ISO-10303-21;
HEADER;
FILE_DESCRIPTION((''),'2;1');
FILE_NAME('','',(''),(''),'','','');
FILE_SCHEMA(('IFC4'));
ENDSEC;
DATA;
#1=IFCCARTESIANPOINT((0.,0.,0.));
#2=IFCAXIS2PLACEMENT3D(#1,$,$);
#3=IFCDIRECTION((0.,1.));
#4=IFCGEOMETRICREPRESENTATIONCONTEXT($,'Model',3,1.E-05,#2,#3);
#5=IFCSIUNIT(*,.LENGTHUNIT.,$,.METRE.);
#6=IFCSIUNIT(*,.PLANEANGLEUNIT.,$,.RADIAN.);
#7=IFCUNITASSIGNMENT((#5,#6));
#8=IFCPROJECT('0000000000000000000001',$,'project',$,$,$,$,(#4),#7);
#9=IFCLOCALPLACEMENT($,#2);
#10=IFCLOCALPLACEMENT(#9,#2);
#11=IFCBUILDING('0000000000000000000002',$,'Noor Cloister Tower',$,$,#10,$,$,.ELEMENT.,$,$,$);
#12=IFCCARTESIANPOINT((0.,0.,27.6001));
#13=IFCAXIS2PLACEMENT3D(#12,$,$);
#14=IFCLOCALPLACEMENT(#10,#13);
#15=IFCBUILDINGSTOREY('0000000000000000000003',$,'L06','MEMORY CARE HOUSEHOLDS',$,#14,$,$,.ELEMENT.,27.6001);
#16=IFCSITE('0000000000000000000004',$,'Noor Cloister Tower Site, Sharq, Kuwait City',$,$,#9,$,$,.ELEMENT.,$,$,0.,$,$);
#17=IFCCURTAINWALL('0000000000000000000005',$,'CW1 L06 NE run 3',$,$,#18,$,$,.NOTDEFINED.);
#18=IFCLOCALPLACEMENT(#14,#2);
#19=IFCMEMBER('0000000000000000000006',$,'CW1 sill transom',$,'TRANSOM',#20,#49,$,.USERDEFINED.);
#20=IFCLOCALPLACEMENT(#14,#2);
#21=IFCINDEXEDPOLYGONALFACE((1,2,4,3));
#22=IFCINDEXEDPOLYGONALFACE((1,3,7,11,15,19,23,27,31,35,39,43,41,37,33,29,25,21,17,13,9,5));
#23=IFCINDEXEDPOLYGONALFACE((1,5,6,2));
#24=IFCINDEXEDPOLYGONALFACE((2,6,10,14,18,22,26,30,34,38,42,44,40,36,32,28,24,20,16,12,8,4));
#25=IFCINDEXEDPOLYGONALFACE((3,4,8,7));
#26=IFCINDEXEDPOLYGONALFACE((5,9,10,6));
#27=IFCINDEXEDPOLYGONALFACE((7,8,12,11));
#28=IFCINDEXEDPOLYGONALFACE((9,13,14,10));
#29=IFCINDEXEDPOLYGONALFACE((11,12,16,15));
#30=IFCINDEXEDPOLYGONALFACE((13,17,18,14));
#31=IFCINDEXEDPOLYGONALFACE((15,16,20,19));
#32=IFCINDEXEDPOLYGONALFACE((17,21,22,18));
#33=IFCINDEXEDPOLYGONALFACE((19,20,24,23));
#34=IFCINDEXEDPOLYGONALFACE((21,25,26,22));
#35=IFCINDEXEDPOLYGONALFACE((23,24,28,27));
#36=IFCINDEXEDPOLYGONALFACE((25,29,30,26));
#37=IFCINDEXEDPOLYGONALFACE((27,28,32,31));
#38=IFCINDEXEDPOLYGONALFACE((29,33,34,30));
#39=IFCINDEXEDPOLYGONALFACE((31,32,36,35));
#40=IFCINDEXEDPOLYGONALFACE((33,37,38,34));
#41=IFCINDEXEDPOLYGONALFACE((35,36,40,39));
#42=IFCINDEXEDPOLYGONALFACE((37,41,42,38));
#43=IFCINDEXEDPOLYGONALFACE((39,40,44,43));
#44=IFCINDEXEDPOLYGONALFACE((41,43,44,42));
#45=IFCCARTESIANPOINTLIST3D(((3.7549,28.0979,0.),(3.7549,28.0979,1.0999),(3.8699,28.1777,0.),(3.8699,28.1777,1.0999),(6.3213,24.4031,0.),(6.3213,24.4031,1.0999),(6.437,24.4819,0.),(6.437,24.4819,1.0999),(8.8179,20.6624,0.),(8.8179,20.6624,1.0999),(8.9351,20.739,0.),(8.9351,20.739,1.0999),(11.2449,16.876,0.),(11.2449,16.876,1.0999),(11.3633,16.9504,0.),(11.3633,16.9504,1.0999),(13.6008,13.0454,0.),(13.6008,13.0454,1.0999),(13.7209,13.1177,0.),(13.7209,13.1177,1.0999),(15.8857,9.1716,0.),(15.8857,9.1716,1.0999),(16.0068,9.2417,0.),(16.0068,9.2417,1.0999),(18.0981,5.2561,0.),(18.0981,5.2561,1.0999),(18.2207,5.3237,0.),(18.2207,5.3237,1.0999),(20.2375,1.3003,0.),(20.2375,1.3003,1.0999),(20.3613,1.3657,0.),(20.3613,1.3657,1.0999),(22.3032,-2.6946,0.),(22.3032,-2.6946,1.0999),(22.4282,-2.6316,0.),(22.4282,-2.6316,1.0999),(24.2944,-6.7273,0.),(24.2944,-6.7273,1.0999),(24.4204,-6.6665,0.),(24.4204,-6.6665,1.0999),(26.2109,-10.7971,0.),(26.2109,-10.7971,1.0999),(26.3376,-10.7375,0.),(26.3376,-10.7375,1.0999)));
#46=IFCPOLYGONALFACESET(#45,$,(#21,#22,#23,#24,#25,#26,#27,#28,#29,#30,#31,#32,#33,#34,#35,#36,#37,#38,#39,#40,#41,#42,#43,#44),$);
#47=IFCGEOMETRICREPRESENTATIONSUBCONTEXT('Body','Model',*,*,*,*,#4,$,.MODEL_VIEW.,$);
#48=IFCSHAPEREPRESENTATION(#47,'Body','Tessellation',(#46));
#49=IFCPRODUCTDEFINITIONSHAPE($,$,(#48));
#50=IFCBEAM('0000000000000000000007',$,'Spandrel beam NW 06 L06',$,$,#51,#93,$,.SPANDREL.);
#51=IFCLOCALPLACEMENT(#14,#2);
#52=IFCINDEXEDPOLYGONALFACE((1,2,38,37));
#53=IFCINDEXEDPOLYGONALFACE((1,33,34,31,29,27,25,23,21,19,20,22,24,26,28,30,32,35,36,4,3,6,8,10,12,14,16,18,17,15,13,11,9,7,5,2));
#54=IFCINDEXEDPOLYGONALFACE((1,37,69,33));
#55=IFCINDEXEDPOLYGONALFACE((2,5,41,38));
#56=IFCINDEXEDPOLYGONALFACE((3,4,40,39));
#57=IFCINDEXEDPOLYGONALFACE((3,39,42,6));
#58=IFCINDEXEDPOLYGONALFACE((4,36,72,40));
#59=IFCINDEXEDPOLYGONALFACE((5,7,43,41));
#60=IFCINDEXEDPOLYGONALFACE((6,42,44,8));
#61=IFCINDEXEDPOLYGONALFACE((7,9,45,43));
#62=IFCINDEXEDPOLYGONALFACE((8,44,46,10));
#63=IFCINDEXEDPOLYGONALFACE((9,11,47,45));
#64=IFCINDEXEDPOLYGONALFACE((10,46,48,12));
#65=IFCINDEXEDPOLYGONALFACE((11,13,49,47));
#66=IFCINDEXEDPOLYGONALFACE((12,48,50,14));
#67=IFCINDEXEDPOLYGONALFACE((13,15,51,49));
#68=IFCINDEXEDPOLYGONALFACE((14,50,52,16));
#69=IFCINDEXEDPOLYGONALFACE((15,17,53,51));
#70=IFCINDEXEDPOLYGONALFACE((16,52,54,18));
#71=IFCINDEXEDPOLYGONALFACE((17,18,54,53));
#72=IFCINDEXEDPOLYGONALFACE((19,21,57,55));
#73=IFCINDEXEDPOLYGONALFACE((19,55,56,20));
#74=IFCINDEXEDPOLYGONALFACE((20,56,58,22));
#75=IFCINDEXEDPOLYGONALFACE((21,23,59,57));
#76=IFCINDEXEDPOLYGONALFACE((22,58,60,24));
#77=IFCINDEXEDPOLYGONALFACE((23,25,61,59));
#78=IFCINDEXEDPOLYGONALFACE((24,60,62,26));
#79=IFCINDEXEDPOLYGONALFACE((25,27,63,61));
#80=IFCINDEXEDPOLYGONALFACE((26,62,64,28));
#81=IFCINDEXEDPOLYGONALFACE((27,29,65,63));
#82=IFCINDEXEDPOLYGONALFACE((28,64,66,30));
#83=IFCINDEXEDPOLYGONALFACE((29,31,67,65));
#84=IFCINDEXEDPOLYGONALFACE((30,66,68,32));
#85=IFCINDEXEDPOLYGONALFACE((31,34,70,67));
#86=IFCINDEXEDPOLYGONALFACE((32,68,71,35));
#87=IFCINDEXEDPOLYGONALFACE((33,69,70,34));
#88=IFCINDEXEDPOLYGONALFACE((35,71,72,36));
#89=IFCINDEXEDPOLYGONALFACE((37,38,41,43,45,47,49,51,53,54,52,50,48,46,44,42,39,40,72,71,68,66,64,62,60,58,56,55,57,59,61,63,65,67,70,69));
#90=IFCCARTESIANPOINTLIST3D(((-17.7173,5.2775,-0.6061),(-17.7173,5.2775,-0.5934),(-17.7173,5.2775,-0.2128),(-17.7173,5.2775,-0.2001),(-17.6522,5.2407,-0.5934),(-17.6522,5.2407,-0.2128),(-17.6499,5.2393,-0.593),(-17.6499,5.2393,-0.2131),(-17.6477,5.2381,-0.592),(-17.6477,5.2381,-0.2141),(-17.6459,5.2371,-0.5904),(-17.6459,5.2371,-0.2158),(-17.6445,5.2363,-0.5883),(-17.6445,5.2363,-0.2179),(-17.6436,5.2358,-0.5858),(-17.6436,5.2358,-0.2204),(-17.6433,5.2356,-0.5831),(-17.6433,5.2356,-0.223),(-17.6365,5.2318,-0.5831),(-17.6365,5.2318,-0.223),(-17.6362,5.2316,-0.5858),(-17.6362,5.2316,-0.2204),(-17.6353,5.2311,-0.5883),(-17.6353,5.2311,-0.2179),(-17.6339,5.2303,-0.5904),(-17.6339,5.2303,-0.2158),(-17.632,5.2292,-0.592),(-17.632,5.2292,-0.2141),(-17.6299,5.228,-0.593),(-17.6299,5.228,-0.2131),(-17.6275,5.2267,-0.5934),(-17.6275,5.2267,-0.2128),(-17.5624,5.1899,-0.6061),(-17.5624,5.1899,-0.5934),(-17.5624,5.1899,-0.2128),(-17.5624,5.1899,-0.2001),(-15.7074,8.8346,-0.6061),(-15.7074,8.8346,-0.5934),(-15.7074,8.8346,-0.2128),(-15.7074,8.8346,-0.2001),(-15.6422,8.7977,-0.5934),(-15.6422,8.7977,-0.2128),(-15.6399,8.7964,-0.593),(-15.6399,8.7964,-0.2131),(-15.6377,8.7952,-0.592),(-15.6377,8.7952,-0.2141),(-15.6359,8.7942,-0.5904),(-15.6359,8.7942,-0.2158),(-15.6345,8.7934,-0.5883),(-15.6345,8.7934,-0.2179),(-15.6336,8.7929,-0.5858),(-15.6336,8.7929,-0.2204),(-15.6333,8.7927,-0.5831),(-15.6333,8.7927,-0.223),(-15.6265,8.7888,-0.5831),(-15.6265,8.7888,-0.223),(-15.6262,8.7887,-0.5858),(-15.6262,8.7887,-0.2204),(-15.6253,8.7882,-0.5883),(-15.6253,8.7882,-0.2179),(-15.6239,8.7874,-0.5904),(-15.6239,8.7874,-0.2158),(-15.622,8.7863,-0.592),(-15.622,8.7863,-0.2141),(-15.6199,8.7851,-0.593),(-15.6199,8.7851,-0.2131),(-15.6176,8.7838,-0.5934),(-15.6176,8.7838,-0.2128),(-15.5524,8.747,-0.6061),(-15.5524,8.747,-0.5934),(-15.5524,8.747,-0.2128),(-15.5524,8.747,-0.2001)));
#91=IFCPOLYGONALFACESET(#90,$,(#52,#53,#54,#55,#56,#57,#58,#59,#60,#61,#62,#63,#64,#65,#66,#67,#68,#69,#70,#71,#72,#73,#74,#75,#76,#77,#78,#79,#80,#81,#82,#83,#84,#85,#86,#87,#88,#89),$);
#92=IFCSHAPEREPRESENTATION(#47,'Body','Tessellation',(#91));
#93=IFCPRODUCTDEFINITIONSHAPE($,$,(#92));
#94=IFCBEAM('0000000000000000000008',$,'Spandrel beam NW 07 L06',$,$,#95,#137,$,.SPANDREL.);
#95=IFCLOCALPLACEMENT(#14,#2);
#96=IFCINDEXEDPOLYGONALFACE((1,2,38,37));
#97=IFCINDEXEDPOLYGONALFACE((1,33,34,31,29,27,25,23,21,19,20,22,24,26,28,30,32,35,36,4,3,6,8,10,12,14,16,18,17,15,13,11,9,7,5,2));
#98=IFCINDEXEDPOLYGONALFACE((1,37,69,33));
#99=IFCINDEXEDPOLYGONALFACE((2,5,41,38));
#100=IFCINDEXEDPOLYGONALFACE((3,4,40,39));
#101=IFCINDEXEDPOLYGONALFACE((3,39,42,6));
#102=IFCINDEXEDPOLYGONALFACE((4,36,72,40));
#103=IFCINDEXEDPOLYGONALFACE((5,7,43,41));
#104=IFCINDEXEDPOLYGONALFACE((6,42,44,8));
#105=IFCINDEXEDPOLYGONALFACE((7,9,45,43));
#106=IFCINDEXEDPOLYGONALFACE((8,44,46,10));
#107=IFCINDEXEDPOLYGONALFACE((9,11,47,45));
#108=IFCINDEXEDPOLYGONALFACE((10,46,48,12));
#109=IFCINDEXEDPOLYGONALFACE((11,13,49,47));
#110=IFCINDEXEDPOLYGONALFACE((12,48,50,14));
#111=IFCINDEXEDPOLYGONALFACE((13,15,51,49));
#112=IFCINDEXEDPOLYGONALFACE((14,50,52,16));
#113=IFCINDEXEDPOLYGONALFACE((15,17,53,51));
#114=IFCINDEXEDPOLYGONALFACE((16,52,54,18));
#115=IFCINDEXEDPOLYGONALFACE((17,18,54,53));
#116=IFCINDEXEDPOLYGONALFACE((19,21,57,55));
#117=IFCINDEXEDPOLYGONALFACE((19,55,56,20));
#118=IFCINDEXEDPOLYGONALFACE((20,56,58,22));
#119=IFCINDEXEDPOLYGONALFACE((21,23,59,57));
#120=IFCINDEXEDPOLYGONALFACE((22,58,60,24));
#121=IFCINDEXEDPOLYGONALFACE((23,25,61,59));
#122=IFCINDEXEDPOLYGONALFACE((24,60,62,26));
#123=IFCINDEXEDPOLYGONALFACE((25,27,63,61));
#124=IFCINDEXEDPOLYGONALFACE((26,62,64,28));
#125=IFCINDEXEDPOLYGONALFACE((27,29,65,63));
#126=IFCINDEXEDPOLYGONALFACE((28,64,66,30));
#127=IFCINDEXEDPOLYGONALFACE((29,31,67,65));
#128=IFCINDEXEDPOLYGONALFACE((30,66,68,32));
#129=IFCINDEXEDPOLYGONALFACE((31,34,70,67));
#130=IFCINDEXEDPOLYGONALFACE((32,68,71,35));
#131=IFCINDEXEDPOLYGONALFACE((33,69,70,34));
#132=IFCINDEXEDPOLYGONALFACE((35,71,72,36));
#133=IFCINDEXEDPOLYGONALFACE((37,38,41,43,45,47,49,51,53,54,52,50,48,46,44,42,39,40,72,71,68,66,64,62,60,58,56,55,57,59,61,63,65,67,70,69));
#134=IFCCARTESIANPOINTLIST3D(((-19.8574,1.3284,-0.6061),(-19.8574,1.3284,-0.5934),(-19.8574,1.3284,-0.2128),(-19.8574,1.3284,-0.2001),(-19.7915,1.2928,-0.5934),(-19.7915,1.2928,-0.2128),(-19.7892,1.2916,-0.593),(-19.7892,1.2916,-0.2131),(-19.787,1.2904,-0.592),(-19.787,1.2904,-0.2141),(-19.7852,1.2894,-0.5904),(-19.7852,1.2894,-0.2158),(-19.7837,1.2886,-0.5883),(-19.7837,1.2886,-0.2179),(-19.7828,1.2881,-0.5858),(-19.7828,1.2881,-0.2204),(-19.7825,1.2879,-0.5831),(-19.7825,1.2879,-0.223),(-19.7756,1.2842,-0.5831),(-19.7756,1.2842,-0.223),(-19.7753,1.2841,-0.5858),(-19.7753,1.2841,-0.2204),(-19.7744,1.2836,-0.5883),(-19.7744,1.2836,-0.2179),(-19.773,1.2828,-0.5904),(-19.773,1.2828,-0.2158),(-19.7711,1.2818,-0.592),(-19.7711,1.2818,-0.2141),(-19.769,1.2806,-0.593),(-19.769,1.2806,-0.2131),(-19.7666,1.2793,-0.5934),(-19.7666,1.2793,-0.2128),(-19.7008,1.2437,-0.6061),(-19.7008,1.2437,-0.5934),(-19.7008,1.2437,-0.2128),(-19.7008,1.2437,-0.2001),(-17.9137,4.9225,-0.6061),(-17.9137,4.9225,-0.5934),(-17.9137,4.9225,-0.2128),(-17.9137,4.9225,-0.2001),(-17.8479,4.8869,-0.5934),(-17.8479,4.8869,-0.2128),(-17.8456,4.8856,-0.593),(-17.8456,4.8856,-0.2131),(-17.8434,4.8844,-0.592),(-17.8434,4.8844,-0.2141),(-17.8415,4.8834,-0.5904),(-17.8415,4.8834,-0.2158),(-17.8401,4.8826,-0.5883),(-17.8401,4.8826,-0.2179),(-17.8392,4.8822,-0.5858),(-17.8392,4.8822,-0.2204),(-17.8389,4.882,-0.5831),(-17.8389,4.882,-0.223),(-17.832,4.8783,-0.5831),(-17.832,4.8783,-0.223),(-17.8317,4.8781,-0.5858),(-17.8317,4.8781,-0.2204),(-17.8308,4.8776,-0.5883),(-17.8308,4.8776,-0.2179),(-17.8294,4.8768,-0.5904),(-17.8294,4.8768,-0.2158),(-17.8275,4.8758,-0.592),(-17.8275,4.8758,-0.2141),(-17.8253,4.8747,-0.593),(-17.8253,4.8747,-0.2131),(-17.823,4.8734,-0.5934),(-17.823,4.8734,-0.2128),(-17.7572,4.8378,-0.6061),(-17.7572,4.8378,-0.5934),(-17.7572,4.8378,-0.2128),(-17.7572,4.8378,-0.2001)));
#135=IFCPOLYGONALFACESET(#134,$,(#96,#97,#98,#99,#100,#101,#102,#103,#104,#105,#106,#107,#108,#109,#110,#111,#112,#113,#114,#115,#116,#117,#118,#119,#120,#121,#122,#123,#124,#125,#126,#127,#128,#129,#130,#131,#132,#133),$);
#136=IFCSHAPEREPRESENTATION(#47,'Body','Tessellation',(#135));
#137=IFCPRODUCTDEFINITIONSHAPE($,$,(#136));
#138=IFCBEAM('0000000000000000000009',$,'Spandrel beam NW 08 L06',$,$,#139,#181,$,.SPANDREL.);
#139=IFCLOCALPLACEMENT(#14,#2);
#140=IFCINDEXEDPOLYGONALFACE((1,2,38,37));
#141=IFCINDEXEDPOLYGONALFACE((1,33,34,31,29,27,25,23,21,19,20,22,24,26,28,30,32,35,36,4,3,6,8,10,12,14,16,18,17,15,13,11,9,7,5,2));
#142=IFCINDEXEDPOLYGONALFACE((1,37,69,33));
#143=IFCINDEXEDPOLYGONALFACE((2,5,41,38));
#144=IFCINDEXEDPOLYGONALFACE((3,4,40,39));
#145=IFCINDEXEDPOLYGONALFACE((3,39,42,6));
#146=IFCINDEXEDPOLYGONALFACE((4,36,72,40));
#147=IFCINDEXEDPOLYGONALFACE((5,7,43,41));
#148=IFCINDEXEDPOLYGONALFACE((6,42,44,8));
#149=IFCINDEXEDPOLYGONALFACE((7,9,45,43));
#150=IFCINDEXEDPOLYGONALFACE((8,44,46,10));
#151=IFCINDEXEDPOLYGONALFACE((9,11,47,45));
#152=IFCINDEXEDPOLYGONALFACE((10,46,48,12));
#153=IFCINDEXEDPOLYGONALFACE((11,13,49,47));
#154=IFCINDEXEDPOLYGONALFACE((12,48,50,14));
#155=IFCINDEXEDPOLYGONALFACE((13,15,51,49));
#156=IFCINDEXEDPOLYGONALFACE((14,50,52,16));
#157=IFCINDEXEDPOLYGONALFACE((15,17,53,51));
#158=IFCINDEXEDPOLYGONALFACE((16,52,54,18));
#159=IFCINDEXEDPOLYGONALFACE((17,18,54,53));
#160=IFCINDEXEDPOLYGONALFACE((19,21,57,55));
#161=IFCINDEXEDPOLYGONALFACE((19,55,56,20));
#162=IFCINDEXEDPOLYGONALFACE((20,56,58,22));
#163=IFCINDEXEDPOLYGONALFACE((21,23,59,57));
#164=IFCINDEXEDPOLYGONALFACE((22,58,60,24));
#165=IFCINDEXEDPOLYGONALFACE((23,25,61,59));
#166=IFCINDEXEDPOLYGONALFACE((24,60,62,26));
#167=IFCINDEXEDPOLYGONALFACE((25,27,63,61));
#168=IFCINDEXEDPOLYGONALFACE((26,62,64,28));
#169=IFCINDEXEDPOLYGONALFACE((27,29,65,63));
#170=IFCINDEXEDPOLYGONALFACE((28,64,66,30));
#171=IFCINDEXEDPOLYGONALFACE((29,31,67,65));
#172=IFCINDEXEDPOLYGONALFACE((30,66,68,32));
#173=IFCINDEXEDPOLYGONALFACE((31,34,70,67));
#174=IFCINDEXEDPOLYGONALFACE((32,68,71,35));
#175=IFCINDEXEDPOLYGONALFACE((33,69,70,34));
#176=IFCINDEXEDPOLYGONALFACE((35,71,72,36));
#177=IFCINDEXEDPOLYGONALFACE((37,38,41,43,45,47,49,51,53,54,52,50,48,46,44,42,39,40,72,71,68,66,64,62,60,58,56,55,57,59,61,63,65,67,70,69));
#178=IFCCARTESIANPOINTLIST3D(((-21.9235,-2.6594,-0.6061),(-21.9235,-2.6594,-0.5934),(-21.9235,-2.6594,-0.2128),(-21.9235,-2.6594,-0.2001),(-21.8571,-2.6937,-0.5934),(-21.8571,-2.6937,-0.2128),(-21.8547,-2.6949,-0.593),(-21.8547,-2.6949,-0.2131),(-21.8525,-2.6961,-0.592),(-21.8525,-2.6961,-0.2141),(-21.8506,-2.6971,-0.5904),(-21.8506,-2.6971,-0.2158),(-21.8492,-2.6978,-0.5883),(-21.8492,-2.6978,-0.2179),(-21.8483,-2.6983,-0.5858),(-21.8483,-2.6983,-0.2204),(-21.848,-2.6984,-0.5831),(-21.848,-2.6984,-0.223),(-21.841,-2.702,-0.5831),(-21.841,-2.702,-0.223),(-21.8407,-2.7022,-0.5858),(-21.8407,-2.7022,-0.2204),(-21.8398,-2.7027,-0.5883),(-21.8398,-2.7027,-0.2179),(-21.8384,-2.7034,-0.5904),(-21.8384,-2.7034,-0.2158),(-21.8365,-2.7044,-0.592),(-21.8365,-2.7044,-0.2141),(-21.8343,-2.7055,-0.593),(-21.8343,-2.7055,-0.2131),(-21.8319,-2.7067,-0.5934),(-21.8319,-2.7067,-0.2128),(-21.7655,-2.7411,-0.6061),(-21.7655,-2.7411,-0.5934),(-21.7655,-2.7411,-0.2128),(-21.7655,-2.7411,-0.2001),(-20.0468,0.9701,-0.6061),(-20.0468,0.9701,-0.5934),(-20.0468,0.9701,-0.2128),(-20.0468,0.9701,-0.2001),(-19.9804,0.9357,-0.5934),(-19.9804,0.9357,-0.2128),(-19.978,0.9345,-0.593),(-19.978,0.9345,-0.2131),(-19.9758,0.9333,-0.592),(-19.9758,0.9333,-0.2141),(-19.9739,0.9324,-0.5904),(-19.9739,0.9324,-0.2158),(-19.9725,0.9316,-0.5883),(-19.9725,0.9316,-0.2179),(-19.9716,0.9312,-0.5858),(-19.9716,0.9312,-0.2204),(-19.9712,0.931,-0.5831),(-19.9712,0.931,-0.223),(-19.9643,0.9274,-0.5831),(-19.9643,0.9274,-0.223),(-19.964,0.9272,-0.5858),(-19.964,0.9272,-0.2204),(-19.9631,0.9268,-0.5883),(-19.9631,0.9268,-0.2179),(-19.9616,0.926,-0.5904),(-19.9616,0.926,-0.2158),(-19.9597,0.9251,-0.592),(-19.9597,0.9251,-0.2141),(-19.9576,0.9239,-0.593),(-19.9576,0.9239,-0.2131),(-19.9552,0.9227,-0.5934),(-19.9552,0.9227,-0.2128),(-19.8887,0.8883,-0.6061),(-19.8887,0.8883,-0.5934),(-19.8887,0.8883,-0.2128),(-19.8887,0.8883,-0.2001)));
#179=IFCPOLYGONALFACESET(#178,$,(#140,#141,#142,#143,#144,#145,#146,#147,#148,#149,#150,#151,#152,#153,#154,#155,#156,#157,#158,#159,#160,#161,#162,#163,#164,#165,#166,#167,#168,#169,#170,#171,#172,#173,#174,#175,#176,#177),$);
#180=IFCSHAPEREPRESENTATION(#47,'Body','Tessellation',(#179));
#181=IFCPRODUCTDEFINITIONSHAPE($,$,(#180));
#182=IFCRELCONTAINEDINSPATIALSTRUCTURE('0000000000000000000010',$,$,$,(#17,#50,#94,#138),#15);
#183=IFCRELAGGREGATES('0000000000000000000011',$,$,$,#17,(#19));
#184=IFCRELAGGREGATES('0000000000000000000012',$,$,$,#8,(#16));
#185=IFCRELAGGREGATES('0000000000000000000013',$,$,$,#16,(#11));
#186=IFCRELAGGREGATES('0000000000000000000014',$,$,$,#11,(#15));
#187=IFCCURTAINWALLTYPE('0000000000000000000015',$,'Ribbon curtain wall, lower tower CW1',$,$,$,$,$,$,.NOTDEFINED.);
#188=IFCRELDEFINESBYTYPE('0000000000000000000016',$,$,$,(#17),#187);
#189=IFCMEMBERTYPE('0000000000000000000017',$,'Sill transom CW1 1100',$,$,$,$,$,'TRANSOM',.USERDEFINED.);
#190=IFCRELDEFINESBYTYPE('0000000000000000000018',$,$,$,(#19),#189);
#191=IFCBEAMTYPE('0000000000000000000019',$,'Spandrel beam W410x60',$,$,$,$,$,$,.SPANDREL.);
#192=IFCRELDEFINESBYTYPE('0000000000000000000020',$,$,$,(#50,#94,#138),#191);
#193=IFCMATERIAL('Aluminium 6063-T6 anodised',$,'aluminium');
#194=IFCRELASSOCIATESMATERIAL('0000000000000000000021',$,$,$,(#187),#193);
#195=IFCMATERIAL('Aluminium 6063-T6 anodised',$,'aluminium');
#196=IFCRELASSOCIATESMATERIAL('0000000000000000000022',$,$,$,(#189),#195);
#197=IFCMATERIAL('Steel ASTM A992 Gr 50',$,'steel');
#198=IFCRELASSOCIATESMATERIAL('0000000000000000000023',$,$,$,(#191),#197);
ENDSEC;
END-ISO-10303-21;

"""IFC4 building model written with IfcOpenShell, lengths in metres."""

from ifc_helpers import new_model, si_unit, direction, frame, origin, origin_2d, place, context, subcontext, project, spatial, polyline, i_section, outline, extrude, material, material_profile, profile_set, type_object, element, aggregate, save


model = new_model("IFC4")

# Units and contexts
model_context = context("Model", 3, precision=1e-05, world=origin(), true_north=direction((0.0, 1.0)))
body_context = subcontext(model_context, "Body", "Model", "MODEL_VIEW")
ifc_project = project(units=[si_unit("LENGTHUNIT", "METRE"), si_unit("PLANEANGLEUNIT", "RADIAN")], contexts=[model_context])

# Site, building, storey
site_placement = place(None, origin())
site = spatial("IfcSite", under=ifc_project, at=site_placement, Name="Noor Cloister Tower Site, Sharq, Kuwait City", CompositionType="ELEMENT", RefElevation=0.0)
building_placement = place(site_placement, origin())
building = spatial("IfcBuilding", under=site, at=building_placement, Name="Noor Cloister Tower", CompositionType="ELEMENT")
storey_placement = place(building_placement, frame((0.0, 0.0, 27.6001)))
storey = spatial("IfcBuildingStorey", under=building, at=storey_placement, Name="L06", Description="MEMORY CARE HOUSEHOLDS", CompositionType="ELEMENT", Elevation=27.6001)

# Curtain wall
ifc_material_1 = material(Name="Aluminium 6063-T6 anodised", Category="aluminium")
curtain_wall_type = type_object("IfcCurtainWallType", Name="Ribbon curtain wall, lower tower CW1", PredefinedType="NOTDEFINED", material=ifc_material_1)
curtain_wall_1_placement = place(storey_placement, origin())
curtain_wall_1 = element("IfcCurtainWall", 1, at=curtain_wall_1_placement, inside=storey, type_object=curtain_wall_type, Name="CW1 L06 NE run 3", PredefinedType="NOTDEFINED")

# Member
ifc_material_2 = material(Name="Aluminium 6063-T6 anodised", Category="aluminium")
member_type_1 = type_object("IfcMemberType", Name="Sill transom CW1 1100", ElementType="TRANSOM", PredefinedType="USERDEFINED", material=ifc_material_2)
member_1_placement = place(storey_placement, origin())
member_1 = element("IfcMember", 2, at=member_1_placement, type_object=member_type_1, Name="CW1 sill transom", ObjectType="TRANSOM", PredefinedType="USERDEFINED", context=body_context, shape_type="SweptSolid", body=[
    extrude(outline(polyline([(26.3376, -10.7375), (24.4204, -6.6665), (22.4282, -2.6316), (20.3613, 1.3657), (18.2207, 5.3237), (16.0068, 9.2417), (13.7209, 13.1177), (11.3633, 16.9504), (8.9351, 20.739), (6.437, 24.4819), (3.8699, 28.1777), (3.7549, 28.0979), (6.3213, 24.4031), (8.8179, 20.6624), (11.2449, 16.876), (13.6008, 13.0454), (15.8857, 9.1716), (18.0981, 5.2561), (20.2375, 1.3003), (22.3032, -2.6946), (24.2944, -6.7273), (26.2109, -10.7971), (26.3376, -10.7375)])), origin(), (0.0, 0.0, 1.0), 1.0999),
])
aggregate(curtain_wall_1, [member_1])

# Beams
ifc_material_3 = material(Name="Steel ASTM A992 Gr 50", Category="steel")
ifc_material_profile_1 = material_profile(ifc_material_3, i_section(OverallWidth=0.178, OverallDepth=0.406, WebThickness=0.0078, FlangeThickness=0.0127, FilletRadius=0.0103, at=origin_2d()), Name="W410x60")
ifc_profile_set_1 = profile_set([ifc_material_profile_1], Name="Steel ASTM A992 Gr 50")
beam_type_1 = type_object("IfcBeamType", Name="Spandrel beam W410x60", PredefinedType="SPANDREL", material=ifc_profile_set_1)
beam_1_placement = place(storey_placement, frame((-15.6299, 8.7908, -0.4031), z_axis=(-0.491957, -0.87062, 0.0), x_axis=(0.87062, -0.491957, 0.0)))
element("IfcBeam", 3, at=beam_1_placement, inside=storey, type_object=beam_type_1, Name="Spandrel beam NW 06 L06", PredefinedType="SPANDREL", context=body_context, shape_type="SweptSolid", body=[
    extrude(i_section(OverallWidth=0.178, OverallDepth=0.406, WebThickness=0.0078, FlangeThickness=0.0127, FilletRadius=0.0103, at=origin_2d()), origin(), (0.0, 0.0, 1.0), 4.0857),
])
for number, where, z_axis, x_axis, name in (
    (4, (-17.8354, 4.8801, -0.4031), (-0.475688, -0.879614, 0.0), (0.879614, -0.475688, 0.0), "Spandrel beam NW 07 L06"),
    (5, (-19.9678, 0.9292, -0.4031), (-0.459314, -0.888274, 0.0), (0.888274, -0.459314, 0.0), "Spandrel beam NW 08 L06"),
):
    element("IfcBeam", number, at=place(storey_placement, frame(where, z_axis=z_axis, x_axis=x_axis)), inside=storey, type_object=beam_type_1, Name=name, PredefinedType="SPANDREL", context=body_context, shape_type="SweptSolid", body=[
        extrude(i_section(OverallWidth=0.178, OverallDepth=0.406, WebThickness=0.0078, FlangeThickness=0.0127, FilletRadius=0.0103, at=origin_2d()), origin(), (0.0, 0.0, 1.0), 4.0859),
    ])

save(model, "model.ifc")
